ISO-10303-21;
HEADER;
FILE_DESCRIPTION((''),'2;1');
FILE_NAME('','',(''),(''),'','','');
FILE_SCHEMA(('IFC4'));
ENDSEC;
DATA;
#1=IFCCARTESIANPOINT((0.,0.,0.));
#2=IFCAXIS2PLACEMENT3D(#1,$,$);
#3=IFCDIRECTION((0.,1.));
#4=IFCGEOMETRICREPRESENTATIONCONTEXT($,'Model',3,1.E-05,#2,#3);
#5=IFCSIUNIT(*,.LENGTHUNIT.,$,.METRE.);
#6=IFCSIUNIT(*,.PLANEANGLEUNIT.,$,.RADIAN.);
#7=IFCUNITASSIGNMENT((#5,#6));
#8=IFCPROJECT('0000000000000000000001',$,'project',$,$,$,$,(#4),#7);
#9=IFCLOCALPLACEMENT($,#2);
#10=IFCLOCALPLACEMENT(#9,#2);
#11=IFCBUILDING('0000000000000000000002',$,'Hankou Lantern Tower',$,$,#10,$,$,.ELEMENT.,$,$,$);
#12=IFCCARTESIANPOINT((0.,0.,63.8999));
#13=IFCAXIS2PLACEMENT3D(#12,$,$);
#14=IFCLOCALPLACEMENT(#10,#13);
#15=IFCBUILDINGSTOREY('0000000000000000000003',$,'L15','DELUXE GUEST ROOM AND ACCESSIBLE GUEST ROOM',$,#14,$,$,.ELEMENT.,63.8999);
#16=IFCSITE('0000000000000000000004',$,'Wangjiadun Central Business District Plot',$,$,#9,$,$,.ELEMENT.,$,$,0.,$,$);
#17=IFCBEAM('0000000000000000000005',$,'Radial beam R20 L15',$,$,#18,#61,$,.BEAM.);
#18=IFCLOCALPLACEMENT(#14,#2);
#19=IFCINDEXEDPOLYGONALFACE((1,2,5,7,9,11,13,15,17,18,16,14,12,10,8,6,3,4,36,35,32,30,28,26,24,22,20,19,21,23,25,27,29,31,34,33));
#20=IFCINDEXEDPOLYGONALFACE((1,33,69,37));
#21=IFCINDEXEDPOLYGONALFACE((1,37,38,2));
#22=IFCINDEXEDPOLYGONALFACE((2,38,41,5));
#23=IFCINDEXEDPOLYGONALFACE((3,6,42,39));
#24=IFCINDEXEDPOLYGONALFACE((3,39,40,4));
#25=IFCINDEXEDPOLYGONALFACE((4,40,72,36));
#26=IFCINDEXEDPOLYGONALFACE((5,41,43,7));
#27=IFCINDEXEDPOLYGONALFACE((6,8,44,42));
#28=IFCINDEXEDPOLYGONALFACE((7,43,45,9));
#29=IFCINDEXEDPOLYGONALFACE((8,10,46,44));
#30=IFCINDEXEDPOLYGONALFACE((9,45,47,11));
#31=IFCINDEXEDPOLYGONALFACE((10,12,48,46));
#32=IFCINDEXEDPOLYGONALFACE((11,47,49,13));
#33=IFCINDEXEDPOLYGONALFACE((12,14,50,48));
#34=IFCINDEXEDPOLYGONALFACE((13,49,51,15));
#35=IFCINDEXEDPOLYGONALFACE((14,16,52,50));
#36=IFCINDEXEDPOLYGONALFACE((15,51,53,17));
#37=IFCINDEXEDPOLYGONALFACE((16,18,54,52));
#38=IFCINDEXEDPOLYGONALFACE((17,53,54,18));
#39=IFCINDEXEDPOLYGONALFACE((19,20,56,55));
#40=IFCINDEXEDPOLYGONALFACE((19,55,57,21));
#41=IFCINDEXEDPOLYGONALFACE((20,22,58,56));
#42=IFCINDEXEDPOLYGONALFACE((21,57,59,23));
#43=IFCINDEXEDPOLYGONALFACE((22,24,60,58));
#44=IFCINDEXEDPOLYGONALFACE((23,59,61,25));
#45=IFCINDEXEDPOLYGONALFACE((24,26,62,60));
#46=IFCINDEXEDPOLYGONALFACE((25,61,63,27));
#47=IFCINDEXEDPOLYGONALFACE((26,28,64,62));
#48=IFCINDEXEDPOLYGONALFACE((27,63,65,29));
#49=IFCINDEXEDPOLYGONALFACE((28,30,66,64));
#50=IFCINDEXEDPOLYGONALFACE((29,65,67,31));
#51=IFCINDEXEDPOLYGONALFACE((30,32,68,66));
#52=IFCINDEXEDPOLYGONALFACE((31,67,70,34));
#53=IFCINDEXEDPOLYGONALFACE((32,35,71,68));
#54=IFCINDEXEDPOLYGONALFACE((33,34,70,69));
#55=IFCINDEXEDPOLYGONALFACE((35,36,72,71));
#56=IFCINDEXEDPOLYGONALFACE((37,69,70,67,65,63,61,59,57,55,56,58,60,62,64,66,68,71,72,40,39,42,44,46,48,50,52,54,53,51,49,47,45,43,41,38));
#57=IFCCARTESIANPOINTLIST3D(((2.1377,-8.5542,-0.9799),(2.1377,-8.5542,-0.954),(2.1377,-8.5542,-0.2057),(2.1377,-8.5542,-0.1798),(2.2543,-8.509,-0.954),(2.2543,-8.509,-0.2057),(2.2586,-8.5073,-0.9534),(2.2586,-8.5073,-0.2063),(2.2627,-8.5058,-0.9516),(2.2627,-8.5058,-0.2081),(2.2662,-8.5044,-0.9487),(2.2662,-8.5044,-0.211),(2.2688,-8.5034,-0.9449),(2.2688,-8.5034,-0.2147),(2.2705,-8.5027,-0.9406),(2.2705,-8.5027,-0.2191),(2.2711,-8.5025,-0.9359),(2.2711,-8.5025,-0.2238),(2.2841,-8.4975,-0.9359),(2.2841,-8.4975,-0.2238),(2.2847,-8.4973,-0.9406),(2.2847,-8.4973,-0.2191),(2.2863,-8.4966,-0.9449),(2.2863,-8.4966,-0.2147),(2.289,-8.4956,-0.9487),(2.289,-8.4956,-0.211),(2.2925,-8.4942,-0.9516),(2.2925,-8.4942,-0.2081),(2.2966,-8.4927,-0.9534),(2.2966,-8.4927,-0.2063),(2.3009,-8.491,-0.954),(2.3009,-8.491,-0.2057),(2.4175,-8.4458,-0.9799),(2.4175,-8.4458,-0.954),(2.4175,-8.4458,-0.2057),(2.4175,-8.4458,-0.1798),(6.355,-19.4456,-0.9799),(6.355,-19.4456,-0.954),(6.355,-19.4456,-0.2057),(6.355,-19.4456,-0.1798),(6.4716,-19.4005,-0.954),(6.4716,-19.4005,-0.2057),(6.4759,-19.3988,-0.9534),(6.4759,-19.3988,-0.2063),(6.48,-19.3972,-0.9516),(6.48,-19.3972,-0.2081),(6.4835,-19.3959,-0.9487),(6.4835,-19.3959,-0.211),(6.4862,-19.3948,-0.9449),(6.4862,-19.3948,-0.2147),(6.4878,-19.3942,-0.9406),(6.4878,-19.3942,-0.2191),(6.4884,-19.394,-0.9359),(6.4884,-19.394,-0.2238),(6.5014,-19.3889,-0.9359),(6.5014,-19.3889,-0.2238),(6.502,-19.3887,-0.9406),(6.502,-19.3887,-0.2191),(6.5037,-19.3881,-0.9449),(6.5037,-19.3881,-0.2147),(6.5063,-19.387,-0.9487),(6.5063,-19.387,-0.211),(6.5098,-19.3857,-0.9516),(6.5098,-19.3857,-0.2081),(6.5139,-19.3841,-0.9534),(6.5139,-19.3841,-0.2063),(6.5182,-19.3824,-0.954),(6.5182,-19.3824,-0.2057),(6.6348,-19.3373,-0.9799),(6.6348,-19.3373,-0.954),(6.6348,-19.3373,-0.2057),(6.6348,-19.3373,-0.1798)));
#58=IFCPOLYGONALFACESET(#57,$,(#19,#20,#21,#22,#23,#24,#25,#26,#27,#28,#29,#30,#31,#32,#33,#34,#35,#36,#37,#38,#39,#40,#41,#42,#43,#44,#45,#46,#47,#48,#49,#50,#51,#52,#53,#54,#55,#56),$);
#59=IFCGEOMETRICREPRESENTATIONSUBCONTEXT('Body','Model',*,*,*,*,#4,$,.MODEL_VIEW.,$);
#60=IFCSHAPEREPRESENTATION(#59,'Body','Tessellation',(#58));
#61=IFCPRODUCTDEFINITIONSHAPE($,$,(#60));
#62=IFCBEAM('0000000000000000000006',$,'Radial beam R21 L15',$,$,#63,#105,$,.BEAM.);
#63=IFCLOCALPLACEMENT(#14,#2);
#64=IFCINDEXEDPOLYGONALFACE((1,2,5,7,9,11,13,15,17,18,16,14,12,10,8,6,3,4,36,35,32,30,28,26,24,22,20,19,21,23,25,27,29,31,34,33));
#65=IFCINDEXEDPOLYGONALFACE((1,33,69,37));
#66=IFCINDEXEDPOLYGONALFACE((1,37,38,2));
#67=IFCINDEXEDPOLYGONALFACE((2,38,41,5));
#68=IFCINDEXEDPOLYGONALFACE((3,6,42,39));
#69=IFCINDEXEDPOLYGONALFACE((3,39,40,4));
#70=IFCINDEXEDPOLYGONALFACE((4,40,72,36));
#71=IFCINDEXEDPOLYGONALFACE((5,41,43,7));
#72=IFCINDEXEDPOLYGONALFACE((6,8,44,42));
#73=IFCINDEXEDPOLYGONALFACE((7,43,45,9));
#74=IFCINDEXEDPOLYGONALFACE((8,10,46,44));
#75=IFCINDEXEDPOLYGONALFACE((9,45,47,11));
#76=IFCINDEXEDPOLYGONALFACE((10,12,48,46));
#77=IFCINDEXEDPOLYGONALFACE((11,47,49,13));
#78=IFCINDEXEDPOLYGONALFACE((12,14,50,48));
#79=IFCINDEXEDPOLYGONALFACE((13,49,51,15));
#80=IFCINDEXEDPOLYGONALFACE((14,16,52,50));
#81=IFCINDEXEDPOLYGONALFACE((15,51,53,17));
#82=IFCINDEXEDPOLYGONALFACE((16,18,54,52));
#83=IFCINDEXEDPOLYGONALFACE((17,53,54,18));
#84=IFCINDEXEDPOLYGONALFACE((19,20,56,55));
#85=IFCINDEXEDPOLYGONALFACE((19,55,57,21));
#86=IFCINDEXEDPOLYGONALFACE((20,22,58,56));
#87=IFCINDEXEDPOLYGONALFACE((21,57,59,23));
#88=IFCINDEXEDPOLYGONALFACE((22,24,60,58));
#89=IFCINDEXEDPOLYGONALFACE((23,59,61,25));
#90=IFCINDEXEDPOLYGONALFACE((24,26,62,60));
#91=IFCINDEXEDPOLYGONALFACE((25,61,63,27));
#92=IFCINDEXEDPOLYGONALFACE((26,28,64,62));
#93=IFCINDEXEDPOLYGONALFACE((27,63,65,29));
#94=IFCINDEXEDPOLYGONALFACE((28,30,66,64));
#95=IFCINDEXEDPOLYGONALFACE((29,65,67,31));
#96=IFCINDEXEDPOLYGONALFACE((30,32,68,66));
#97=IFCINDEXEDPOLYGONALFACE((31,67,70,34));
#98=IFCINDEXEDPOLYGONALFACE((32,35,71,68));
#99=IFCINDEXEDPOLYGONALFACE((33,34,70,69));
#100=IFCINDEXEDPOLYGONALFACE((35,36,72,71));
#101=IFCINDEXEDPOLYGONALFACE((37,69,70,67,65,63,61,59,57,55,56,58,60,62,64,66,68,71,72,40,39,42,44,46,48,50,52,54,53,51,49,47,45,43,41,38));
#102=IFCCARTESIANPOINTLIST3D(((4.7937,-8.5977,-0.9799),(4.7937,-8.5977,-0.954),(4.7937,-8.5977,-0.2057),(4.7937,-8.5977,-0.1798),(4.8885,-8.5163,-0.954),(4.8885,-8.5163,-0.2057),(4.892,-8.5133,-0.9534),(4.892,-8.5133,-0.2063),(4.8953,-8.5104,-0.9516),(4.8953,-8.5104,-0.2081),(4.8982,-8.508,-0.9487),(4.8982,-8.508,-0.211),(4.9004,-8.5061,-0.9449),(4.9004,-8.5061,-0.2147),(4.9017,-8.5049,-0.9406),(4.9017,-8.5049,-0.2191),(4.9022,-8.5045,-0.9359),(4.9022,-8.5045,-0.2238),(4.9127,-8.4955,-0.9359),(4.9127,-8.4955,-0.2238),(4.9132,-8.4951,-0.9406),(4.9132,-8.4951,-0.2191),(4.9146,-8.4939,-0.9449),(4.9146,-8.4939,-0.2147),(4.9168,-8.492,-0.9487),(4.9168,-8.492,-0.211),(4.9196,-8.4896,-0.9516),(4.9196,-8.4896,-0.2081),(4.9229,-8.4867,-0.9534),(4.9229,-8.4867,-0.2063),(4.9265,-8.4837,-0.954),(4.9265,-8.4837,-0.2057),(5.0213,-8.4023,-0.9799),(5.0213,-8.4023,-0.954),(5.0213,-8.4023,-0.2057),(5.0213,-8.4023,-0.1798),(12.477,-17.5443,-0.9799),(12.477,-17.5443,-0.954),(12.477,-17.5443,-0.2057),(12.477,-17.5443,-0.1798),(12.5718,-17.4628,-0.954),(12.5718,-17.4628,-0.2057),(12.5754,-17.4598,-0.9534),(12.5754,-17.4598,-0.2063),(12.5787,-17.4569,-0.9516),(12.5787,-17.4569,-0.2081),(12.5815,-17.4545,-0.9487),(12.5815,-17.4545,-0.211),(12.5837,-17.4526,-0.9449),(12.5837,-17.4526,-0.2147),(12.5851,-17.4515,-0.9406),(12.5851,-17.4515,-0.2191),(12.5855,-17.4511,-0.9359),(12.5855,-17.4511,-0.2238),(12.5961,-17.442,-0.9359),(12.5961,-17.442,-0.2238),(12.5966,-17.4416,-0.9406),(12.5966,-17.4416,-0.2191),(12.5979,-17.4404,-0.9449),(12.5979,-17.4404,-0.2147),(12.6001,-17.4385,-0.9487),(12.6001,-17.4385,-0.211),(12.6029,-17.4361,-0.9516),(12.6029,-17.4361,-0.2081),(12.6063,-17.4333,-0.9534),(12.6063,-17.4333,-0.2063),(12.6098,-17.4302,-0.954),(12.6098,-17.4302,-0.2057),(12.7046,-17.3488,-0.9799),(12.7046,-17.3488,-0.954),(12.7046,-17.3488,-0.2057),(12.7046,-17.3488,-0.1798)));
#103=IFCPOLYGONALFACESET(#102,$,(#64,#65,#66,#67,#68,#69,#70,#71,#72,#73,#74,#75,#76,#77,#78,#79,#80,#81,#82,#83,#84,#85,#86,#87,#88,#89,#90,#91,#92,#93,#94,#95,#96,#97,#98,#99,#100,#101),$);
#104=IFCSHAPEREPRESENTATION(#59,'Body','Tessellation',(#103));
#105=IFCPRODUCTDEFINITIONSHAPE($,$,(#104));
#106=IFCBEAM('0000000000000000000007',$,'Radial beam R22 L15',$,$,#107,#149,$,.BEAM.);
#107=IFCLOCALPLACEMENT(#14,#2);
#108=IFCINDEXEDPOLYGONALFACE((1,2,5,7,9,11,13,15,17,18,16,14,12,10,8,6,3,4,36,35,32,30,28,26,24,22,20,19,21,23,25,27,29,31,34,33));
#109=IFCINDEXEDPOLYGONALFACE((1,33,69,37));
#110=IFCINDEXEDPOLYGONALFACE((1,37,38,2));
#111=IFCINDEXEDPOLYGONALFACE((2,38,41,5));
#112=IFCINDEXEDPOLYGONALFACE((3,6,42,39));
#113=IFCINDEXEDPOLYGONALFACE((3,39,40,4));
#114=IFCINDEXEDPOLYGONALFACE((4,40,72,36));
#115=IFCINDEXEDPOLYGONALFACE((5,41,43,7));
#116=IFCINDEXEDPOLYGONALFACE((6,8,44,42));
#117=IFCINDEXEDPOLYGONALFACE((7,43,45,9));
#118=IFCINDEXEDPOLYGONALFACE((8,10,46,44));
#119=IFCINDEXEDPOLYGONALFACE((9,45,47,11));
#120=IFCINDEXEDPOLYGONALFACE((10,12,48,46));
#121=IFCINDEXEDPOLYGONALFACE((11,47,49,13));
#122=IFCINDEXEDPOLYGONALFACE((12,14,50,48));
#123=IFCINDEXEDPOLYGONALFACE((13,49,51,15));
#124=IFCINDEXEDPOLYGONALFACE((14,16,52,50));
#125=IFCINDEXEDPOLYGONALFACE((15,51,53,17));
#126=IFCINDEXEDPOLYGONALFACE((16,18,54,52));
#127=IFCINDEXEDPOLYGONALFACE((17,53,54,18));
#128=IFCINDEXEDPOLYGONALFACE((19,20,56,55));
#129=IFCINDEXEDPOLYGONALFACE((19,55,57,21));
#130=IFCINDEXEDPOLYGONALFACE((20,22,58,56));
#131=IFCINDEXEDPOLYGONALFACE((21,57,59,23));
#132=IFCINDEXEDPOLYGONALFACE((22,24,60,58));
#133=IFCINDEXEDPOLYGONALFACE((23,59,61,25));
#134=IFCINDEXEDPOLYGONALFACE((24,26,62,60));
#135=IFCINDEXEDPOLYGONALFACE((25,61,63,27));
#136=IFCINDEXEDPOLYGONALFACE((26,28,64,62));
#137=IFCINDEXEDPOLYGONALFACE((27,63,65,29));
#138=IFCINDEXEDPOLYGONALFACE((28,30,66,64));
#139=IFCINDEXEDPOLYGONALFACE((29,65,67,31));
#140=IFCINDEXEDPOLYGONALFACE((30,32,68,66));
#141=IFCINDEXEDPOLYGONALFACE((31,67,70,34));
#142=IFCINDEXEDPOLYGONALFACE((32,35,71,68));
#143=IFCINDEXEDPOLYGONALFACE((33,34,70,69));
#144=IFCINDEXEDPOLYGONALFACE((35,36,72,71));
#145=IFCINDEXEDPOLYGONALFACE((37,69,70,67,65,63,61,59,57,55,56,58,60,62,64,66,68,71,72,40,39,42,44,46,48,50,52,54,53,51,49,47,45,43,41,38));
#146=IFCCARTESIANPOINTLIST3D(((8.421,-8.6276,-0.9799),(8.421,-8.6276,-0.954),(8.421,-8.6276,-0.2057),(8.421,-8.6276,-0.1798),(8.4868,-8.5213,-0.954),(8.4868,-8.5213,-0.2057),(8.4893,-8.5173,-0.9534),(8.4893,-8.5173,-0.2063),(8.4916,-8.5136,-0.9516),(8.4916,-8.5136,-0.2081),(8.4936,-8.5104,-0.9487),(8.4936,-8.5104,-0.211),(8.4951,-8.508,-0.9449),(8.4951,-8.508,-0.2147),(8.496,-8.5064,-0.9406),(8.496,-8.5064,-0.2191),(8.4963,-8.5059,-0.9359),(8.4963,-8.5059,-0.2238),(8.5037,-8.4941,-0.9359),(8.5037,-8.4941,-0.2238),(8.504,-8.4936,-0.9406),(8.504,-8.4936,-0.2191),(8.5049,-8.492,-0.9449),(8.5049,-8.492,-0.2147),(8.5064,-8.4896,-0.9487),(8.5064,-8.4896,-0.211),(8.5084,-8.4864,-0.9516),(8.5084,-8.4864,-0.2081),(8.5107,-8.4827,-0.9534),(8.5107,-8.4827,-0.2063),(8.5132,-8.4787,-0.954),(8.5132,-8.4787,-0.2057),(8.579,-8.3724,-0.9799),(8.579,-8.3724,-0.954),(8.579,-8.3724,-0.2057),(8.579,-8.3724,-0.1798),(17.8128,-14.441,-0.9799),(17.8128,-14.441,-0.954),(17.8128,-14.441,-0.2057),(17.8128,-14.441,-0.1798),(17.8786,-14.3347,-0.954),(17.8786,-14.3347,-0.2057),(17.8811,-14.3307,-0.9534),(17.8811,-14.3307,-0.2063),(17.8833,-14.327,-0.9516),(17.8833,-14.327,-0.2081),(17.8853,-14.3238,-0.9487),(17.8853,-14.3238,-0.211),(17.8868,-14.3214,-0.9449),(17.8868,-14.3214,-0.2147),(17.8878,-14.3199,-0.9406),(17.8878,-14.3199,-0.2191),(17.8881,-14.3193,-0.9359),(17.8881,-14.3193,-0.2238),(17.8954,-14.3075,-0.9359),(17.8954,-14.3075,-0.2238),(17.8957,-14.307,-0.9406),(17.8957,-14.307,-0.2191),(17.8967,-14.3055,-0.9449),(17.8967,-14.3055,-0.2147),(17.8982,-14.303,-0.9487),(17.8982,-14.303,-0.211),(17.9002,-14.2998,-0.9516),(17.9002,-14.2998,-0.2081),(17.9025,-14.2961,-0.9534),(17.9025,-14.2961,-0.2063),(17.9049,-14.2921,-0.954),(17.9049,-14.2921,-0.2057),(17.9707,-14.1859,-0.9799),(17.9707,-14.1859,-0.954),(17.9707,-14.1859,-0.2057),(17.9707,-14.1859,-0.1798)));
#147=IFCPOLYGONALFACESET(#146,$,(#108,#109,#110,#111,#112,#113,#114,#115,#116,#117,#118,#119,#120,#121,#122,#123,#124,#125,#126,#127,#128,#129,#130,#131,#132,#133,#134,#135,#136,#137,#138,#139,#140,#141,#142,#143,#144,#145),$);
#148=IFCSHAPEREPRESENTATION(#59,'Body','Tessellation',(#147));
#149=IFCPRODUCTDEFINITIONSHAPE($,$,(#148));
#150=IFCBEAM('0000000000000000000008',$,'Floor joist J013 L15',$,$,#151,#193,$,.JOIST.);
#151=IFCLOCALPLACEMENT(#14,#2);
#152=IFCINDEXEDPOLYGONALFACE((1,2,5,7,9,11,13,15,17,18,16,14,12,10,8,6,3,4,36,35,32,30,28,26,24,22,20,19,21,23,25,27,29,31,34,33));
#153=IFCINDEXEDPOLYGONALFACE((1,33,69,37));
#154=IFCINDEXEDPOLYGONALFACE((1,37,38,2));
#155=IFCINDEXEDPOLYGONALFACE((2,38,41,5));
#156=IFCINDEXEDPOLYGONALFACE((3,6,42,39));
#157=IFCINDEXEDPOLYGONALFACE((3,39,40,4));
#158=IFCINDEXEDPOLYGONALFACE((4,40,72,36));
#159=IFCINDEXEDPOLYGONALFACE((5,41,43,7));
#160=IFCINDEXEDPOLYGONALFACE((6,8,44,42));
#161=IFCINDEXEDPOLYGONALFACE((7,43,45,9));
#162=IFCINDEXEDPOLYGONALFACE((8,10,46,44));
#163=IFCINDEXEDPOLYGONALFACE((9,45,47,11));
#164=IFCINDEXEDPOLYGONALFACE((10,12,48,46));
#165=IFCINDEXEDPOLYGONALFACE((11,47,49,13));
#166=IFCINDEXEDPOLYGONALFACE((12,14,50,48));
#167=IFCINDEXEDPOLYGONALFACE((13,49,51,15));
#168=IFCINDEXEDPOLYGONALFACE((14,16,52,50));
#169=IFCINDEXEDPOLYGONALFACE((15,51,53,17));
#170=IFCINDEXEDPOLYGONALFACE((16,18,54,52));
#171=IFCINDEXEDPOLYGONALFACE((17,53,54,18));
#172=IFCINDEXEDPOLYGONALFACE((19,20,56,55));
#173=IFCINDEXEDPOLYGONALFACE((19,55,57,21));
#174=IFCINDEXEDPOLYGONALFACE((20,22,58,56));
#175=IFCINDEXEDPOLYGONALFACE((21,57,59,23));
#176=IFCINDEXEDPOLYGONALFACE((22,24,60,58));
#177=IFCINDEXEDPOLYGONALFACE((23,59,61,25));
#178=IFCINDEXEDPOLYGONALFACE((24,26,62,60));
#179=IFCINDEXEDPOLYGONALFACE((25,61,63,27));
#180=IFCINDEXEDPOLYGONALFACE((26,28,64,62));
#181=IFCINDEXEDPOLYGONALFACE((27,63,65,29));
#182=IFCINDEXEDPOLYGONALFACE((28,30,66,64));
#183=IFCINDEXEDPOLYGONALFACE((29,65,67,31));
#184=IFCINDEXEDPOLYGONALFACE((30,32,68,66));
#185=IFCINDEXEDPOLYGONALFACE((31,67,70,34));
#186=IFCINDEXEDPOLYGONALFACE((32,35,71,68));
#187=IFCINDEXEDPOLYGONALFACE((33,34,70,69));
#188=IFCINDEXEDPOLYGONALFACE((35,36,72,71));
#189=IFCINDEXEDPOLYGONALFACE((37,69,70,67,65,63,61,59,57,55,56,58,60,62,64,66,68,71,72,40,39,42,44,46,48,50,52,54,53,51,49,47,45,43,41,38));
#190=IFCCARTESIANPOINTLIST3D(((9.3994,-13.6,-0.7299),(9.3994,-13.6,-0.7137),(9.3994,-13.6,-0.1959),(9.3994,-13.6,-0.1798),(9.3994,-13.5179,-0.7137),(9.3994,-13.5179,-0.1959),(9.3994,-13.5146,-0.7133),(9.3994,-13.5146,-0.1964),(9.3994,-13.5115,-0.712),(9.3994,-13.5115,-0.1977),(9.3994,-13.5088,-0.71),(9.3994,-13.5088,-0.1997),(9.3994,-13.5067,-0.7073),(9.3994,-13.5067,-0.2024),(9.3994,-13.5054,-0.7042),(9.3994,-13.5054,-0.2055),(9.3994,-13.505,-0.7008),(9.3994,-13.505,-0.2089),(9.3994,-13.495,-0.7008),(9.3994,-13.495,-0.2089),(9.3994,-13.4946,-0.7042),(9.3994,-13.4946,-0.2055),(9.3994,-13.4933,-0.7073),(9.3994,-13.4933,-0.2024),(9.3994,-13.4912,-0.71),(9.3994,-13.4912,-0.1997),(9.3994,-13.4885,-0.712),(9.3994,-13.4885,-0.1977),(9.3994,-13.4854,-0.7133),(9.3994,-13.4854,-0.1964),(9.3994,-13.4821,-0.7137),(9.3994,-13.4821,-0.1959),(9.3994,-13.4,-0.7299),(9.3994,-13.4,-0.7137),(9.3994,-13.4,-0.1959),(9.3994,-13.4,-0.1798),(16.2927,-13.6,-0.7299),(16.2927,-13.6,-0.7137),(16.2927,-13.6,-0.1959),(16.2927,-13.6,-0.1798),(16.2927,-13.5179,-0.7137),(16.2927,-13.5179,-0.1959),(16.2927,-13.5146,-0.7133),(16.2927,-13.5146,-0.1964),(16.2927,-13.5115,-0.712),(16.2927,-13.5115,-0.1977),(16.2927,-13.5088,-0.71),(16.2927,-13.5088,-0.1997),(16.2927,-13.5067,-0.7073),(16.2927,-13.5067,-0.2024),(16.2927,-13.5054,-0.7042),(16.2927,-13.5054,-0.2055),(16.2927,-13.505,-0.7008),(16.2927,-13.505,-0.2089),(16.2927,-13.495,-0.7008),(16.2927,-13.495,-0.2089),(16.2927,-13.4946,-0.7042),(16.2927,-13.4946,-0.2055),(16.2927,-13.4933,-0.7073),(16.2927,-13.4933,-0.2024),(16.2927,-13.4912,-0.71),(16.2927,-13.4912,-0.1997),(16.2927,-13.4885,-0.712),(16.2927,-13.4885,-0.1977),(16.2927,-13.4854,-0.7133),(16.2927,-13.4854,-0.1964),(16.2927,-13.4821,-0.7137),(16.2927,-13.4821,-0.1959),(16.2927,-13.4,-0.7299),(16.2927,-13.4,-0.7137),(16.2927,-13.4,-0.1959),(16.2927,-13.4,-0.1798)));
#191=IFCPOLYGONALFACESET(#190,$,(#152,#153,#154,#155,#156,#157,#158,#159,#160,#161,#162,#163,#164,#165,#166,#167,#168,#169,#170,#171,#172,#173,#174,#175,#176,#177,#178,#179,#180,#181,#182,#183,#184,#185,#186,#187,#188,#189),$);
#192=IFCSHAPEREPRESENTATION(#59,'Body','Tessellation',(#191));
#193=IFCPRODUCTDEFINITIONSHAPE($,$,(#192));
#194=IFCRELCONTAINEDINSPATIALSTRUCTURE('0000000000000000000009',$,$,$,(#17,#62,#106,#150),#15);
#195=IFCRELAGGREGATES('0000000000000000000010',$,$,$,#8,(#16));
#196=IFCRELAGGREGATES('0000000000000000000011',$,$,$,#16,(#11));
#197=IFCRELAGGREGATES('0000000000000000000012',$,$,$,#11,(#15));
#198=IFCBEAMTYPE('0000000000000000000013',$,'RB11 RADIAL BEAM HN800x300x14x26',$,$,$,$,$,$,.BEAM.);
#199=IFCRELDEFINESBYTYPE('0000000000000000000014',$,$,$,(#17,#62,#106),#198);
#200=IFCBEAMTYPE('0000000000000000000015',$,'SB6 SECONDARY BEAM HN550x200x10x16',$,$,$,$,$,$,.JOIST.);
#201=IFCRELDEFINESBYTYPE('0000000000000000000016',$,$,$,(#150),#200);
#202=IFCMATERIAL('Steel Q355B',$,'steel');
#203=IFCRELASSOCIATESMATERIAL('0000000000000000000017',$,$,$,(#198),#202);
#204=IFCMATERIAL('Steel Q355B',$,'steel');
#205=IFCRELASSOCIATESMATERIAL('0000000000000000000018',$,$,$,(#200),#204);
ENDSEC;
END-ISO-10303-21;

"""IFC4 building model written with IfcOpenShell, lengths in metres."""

from ifc_helpers import new_model, si_unit, direction, frame, origin, origin_2d, place, context, subcontext, project, spatial, i_section, extrude, material, material_profile, profile_set, type_object, element, save


model = new_model("IFC4")

# Units and contexts
model_context = context("Model", 3, precision=1e-05, world=origin(), true_north=direction((0.0, 1.0)))
body_context = subcontext(model_context, "Body", "Model", "MODEL_VIEW")
ifc_project = project(units=[si_unit("LENGTHUNIT", "METRE"), si_unit("PLANEANGLEUNIT", "RADIAN")], contexts=[model_context])

# Site, building, storey
site_placement = place(None, origin())
site = spatial("IfcSite", under=ifc_project, at=site_placement, Name="Wangjiadun Central Business District Plot", CompositionType="ELEMENT", RefElevation=0.0)
building_placement = place(site_placement, origin())
building = spatial("IfcBuilding", under=site, at=building_placement, Name="Hankou Lantern Tower", CompositionType="ELEMENT")
storey_placement = place(building_placement, frame((0.0, 0.0, 63.8999)))
storey = spatial("IfcBuildingStorey", under=building, at=storey_placement, Name="L15", Description="DELUXE GUEST ROOM AND ACCESSIBLE GUEST ROOM", CompositionType="ELEMENT", Elevation=63.8999)

# Beams
ifc_material_1 = material(Name="Steel Q355B", Category="steel")
ifc_material_profile_1 = material_profile(ifc_material_1, i_section(OverallWidth=0.3, OverallDepth=0.8, WebThickness=0.0139, FlangeThickness=0.0259, FilletRadius=0.0181, at=origin_2d()), Name="HN800x300x14x26")
ifc_profile_set_1 = profile_set([ifc_material_profile_1], Name="Steel Q355B")
beam_type_1 = type_object("IfcBeamType", Name="RB11 RADIAL BEAM HN800x300x14x26", PredefinedType="BEAM", material=ifc_profile_set_1)
beam_1_placement = place(storey_placement, frame((2.2776, -8.5, -0.5798), z_axis=(0.361089, -0.932531, 0.0), x_axis=(0.932531, 0.361089, 0.0)))
element("IfcBeam", 1, at=beam_1_placement, inside=storey, type_object=beam_type_1, Name="Radial beam R20 L15", PredefinedType="BEAM", context=body_context, shape_type="SweptSolid", body=[
    extrude(i_section(OverallWidth=0.3, OverallDepth=0.8, WebThickness=0.0139, FlangeThickness=0.0259, FilletRadius=0.0181, at=origin_2d()), origin(), (0.0, 0.0, 1.0), 11.6794),
])
beam_2_placement = place(storey_placement, frame((4.9075, -8.5, -0.5798), z_axis=(0.651519, -0.758632, 0.0), x_axis=(0.758632, 0.651519, 0.0)))
element("IfcBeam", 2, at=beam_2_placement, inside=storey, type_object=beam_type_1, Name="Radial beam R21 L15", PredefinedType="BEAM", context=body_context, shape_type="SweptSolid", body=[
    extrude(i_section(OverallWidth=0.3, OverallDepth=0.8, WebThickness=0.0139, FlangeThickness=0.0259, FilletRadius=0.0181, at=origin_2d()), origin(), (0.0, 0.0, 1.0), 11.793),
])
beam_3_placement = place(storey_placement, frame((8.5, -8.5, -0.5798), z_axis=(0.850286, -0.52632, 0.0), x_axis=(0.52632, 0.850286, 0.0)))
element("IfcBeam", 3, at=beam_3_placement, inside=storey, type_object=beam_type_1, Name="Radial beam R22 L15", PredefinedType="BEAM", context=body_context, shape_type="SweptSolid", body=[
    extrude(i_section(OverallWidth=0.3, OverallDepth=0.8, WebThickness=0.0139, FlangeThickness=0.0259, FilletRadius=0.0181, at=origin_2d()), origin(), (0.0, 0.0, 1.0), 11.0454),
])
ifc_material_2 = material(Name="Steel Q355B", Category="steel")
ifc_material_profile_2 = material_profile(ifc_material_2, i_section(OverallWidth=0.2, OverallDepth=0.55, WebThickness=0.01, FlangeThickness=0.0161, FilletRadius=0.0129, at=origin_2d()), Name="HN550x200x10x16")
ifc_profile_set_2 = profile_set([ifc_material_profile_2], Name="Steel Q355B")
beam_type_2 = type_object("IfcBeamType", Name="SB6 SECONDARY BEAM HN550x200x10x16", PredefinedType="JOIST", material=ifc_profile_set_2)
beam_4_placement = place(storey_placement, frame((9.3994, -13.5, -0.4548), z_axis=(1.0, 0.0, 0.0), x_axis=(0.0, 1.0, 0.0)))
element("IfcBeam", 4, at=beam_4_placement, inside=storey, type_object=beam_type_2, Name="Floor joist J013 L15", PredefinedType="JOIST", context=body_context, shape_type="SweptSolid", body=[
    extrude(i_section(OverallWidth=0.2, OverallDepth=0.55, WebThickness=0.01, FlangeThickness=0.0161, FilletRadius=0.0129, at=origin_2d()), origin(), (0.0, 0.0, 1.0), 6.8933),
])

save(model, "model.ifc")
